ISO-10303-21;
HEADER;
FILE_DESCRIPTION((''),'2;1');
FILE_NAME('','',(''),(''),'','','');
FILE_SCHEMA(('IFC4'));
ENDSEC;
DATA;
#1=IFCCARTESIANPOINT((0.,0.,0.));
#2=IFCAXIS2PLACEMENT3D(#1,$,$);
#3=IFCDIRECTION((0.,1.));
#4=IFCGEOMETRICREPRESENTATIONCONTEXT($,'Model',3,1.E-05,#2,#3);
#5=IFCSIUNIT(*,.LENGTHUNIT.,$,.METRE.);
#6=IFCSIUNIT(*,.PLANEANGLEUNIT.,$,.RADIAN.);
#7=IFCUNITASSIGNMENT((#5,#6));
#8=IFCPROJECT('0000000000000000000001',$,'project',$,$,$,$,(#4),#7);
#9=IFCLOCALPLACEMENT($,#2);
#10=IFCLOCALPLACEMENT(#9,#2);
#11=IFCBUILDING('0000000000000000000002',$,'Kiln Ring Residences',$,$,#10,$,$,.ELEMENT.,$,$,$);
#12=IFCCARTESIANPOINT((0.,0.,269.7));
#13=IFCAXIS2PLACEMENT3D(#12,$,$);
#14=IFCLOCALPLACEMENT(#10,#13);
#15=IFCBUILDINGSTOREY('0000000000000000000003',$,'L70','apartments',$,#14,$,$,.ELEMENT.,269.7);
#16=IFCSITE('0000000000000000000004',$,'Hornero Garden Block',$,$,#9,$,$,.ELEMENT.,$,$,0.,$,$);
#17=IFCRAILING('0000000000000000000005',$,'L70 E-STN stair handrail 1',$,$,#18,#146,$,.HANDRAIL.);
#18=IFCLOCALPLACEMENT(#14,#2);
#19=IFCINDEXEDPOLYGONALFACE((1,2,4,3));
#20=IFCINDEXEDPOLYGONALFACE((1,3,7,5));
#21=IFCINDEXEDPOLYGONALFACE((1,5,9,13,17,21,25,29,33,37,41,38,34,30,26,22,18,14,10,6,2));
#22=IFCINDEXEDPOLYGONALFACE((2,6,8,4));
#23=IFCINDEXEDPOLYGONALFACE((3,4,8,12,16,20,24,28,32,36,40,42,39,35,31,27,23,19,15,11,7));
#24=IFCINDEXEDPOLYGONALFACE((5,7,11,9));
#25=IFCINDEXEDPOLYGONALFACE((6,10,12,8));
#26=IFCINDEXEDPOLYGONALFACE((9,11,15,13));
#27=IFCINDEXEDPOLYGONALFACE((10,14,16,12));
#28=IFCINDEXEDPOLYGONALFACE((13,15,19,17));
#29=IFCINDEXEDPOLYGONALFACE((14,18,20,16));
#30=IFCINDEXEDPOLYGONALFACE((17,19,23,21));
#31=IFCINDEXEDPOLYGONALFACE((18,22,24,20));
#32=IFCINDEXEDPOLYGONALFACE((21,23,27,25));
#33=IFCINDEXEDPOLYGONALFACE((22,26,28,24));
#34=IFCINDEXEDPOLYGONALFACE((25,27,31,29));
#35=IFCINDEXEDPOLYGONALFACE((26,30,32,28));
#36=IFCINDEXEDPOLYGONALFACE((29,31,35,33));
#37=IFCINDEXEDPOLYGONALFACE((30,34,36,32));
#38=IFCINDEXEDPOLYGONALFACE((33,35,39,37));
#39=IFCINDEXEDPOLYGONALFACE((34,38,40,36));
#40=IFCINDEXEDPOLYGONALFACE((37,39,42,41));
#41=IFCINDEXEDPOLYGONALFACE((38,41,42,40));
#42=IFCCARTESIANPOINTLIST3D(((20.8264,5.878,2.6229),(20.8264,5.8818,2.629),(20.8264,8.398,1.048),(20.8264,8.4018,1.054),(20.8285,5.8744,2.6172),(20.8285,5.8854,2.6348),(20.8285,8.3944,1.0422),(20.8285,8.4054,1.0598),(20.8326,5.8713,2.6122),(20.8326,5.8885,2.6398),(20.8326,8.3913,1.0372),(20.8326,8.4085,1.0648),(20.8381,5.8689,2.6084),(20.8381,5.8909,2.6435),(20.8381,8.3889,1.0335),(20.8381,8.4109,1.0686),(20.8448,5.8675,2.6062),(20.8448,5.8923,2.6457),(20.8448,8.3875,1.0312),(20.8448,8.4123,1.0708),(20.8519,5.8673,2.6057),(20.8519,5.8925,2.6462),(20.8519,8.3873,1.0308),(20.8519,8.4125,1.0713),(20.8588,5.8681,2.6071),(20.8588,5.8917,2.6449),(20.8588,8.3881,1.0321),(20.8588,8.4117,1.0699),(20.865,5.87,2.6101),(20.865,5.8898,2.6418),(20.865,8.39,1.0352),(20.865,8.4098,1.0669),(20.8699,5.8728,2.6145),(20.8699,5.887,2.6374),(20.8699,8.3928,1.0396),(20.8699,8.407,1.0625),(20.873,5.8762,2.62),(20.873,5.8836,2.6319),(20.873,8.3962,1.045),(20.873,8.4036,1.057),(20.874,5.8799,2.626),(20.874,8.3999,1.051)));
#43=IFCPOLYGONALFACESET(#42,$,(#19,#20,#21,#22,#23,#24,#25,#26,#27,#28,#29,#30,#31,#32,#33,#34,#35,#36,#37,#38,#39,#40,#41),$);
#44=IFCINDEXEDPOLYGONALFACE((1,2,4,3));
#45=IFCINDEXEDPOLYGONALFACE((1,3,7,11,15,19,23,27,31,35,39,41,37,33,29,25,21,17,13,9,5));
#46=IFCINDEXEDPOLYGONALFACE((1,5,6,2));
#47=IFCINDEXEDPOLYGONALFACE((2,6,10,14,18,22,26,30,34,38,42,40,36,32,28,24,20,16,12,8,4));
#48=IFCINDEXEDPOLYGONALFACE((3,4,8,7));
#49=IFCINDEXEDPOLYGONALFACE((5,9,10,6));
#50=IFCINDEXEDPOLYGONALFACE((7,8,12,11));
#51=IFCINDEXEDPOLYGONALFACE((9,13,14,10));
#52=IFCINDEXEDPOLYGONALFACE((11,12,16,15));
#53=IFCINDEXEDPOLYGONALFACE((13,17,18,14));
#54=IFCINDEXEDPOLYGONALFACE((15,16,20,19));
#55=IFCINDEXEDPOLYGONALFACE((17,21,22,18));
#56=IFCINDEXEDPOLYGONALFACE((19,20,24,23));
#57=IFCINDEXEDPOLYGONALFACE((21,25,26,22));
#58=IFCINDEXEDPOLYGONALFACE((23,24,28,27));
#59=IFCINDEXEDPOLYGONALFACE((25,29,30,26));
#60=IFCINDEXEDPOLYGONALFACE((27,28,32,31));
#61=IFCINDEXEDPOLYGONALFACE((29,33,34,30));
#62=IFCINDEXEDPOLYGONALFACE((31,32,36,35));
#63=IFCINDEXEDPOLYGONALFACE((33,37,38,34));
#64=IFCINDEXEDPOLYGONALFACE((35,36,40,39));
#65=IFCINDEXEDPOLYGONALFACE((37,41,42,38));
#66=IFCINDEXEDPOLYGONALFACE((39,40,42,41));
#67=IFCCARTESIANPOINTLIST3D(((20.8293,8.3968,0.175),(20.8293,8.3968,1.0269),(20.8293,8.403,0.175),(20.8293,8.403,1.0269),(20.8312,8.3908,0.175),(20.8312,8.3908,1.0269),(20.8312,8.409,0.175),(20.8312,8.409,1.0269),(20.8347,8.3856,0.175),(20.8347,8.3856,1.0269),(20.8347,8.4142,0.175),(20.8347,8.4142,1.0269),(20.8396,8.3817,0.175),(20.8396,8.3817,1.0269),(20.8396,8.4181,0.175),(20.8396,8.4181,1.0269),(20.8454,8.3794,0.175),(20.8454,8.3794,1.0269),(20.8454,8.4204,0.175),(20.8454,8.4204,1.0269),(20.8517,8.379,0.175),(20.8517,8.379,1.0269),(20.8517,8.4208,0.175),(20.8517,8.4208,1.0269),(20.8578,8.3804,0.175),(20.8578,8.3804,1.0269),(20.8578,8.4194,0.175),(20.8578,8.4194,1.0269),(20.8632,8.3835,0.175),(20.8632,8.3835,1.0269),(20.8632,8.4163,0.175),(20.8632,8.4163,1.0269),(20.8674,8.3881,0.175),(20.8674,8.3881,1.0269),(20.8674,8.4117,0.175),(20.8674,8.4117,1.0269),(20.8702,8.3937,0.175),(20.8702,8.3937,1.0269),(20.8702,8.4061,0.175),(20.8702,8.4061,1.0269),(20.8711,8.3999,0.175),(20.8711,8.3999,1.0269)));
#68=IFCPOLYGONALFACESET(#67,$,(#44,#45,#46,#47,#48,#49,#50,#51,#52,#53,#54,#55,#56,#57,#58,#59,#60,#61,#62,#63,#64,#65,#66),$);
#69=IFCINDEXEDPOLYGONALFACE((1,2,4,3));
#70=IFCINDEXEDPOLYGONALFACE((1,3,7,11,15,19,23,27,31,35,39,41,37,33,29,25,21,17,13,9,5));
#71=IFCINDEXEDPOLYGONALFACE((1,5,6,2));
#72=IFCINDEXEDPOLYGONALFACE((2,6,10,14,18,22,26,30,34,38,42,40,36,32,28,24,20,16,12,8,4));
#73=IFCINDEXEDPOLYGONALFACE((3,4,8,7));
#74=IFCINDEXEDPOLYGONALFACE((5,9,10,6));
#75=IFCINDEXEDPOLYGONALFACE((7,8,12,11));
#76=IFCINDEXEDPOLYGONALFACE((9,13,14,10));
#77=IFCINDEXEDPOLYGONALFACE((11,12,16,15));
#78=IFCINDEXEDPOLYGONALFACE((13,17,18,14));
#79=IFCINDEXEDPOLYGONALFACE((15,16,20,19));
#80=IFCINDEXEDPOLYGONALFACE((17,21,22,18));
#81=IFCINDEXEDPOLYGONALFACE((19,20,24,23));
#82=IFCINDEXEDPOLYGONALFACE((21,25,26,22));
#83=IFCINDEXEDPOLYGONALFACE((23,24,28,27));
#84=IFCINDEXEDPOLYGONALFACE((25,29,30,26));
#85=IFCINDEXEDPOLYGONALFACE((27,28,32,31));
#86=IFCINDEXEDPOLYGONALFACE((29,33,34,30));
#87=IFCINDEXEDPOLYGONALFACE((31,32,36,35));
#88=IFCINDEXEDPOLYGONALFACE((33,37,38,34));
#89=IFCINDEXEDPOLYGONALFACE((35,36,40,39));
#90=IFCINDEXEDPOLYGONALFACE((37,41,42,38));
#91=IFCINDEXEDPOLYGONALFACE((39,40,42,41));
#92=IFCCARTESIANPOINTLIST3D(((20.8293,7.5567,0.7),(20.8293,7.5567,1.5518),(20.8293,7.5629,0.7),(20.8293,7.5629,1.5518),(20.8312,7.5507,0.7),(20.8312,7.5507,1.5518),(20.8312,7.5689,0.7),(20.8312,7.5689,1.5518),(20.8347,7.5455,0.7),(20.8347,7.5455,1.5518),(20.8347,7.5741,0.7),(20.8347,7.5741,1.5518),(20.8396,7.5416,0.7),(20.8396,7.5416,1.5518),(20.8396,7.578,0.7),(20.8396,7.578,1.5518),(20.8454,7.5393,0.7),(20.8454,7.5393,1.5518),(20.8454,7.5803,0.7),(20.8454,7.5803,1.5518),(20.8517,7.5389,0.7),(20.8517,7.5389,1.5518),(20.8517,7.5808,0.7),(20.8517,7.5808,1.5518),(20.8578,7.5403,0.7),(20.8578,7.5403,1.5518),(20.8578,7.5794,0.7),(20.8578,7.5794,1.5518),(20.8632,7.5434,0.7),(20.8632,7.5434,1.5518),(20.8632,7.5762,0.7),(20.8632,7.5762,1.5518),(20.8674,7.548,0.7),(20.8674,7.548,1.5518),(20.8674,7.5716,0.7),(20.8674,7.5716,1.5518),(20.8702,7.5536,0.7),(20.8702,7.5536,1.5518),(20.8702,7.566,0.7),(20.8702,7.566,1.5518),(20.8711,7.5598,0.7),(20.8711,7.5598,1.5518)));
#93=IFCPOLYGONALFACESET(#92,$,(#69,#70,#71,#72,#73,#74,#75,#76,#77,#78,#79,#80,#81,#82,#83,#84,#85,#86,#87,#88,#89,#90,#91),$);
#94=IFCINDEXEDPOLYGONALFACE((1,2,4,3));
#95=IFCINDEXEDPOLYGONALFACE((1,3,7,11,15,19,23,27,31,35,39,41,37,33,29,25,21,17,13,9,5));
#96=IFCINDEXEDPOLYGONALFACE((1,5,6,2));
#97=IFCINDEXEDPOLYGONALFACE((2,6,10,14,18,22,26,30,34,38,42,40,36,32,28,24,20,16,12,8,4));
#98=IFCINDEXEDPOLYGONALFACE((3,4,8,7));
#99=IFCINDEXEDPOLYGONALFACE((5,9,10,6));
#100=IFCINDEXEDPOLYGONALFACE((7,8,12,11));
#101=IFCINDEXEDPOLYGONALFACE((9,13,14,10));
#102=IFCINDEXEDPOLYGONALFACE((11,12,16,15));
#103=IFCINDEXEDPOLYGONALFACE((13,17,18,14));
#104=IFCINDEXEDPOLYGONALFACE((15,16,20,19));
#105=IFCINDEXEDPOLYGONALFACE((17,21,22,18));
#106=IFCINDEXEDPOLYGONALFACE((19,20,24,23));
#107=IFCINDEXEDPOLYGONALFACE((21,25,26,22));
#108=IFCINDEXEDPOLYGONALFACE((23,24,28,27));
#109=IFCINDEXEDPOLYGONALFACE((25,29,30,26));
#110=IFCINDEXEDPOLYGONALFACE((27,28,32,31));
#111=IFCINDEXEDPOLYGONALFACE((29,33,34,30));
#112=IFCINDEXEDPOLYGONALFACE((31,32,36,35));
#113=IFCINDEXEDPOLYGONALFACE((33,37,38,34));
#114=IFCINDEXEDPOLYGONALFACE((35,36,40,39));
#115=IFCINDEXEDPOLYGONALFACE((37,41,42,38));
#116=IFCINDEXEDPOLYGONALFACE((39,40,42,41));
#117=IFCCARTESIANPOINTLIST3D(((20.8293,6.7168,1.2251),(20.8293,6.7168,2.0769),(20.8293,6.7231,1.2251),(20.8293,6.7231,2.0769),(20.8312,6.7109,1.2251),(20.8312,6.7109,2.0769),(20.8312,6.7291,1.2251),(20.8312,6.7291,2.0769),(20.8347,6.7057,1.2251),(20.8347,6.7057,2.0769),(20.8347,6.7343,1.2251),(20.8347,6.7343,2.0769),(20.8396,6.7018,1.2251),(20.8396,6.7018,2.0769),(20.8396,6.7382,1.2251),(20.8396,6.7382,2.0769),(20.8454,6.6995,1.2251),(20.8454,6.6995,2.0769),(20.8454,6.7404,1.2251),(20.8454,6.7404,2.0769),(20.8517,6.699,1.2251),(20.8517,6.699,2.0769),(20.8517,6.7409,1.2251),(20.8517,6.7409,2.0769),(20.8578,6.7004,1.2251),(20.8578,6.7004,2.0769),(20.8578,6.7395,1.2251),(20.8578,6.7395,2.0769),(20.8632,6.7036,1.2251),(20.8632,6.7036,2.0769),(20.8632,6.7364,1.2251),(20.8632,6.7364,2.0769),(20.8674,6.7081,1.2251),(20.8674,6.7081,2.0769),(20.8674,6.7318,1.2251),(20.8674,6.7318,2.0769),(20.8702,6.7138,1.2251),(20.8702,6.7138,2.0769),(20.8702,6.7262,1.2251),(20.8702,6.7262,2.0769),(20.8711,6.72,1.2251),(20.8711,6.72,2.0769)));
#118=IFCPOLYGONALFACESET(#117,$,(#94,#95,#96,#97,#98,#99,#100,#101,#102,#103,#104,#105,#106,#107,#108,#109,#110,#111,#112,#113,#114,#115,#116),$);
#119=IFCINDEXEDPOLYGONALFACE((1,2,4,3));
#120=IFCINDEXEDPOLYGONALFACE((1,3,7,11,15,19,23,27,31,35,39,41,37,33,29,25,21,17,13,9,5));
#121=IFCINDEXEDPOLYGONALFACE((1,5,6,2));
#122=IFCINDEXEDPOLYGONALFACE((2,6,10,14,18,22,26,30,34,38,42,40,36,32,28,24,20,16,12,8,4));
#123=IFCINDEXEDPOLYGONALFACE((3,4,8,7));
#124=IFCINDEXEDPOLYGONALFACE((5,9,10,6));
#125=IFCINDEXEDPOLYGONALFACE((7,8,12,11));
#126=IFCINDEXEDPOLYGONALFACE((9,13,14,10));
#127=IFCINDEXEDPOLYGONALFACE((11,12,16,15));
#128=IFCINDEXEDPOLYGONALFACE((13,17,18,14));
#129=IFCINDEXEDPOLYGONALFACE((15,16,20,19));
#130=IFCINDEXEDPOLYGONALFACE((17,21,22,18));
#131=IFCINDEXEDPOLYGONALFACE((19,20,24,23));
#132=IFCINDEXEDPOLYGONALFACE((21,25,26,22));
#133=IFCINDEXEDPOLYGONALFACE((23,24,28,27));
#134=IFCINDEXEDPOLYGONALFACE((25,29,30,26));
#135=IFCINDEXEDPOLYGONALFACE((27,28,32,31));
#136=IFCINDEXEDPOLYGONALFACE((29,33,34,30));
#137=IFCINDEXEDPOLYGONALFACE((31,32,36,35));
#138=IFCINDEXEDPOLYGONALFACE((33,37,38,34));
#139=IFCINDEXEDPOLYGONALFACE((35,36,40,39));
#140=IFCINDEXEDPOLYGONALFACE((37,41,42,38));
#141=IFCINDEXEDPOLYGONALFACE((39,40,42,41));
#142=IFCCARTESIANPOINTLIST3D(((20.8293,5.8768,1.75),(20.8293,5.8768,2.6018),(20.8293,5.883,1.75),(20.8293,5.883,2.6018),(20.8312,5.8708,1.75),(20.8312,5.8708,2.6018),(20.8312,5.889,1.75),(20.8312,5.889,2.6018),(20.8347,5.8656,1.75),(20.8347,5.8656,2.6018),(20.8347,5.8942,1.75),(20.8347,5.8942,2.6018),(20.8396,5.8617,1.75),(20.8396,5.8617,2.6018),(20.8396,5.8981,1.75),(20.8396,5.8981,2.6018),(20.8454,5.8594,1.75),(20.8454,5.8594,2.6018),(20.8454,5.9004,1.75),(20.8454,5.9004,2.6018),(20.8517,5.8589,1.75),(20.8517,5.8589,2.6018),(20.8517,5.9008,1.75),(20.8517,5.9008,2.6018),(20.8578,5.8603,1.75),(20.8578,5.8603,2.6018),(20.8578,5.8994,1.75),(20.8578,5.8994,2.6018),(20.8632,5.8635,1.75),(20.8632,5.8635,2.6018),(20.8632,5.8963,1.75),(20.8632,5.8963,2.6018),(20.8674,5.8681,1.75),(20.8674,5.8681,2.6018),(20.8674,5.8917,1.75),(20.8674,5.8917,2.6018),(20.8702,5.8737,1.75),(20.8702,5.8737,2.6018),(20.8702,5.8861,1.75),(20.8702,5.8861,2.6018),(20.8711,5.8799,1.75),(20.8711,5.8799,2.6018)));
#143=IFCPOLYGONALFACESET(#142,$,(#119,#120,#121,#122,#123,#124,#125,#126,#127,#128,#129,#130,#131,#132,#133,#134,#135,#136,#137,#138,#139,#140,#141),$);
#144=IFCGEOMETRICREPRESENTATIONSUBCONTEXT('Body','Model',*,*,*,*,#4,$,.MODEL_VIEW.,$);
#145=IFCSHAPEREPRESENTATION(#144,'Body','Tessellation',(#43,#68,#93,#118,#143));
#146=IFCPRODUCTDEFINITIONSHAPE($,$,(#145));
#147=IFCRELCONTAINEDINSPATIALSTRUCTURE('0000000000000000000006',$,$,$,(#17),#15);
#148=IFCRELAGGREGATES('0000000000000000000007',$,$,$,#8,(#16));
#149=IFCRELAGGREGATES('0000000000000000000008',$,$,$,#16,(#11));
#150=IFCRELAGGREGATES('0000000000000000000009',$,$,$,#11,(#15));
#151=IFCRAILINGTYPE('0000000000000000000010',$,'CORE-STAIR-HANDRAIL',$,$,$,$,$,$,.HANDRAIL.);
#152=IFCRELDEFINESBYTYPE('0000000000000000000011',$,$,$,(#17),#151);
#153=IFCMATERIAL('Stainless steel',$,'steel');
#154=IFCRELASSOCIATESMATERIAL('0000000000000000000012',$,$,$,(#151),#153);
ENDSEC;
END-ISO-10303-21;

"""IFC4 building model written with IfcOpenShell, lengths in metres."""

from ifc_helpers import new_model, si_unit, direction, frame, origin, origin_2d, place, context, subcontext, project, spatial, circle, extrude, material, type_object, element, save


model = new_model("IFC4")

# Units and contexts
model_context = context("Model", 3, precision=1e-05, world=origin(), true_north=direction((0.0, 1.0)))
body_context = subcontext(model_context, "Body", "Model", "MODEL_VIEW")
ifc_project = project(units=[si_unit("LENGTHUNIT", "METRE"), si_unit("PLANEANGLEUNIT", "RADIAN")], contexts=[model_context])

# Site, building, storey
site_placement = place(None, origin())
site = spatial("IfcSite", under=ifc_project, at=site_placement, Name="Hornero Garden Block", CompositionType="ELEMENT", RefElevation=0.0)
building_placement = place(site_placement, origin())
building = spatial("IfcBuilding", under=site, at=building_placement, Name="Kiln Ring Residences", CompositionType="ELEMENT")
storey_placement = place(building_placement, frame((0.0, 0.0, 269.7)))
storey = spatial("IfcBuildingStorey", under=building, at=storey_placement, Name="L70", Description="apartments", CompositionType="ELEMENT", Elevation=269.7)

# Railing
ifc_material_1 = material(Name="Stainless steel", Category="steel")
railing_type_1 = type_object("IfcRailingType", Name="CORE-STAIR-HANDRAIL", PredefinedType="HANDRAIL", material=ifc_material_1)
railing_1_placement = place(storey_placement, frame((20.8501, 8.3999, 0.175)))
element("IfcRailing", 1, at=railing_1_placement, inside=storey, type_object=railing_type_1, Name="L70 E-STN stair handrail 1", PredefinedType="HANDRAIL", context=body_context, shape_type="SweptSolid", body=[
    extrude(circle(Radius=0.0239, at=origin_2d()), frame((0.0, 0.0, 0.876), z_axis=(0.0, -0.848008, 0.529984), x_axis=(1.0, 0.0, 0.0)), (0.0, 0.0, 1.0), 2.9717),
    extrude(circle(Radius=0.021, at=origin_2d()), origin(), (0.0, 0.0, 1.0), 0.8518),
    extrude(circle(Radius=0.021, at=origin_2d()), frame((0.0, -0.8401, 0.5249)), (0.0, 0.0, 1.0), 0.8518),
    extrude(circle(Radius=0.021, at=origin_2d()), frame((0.0, -1.6799, 1.05)), (0.0, 0.0, 1.0), 0.8518),
    extrude(circle(Radius=0.021, at=origin_2d()), frame((0.0, -2.52, 1.575)), (0.0, 0.0, 1.0), 0.8518),
])

save(model, "model.ifc")
